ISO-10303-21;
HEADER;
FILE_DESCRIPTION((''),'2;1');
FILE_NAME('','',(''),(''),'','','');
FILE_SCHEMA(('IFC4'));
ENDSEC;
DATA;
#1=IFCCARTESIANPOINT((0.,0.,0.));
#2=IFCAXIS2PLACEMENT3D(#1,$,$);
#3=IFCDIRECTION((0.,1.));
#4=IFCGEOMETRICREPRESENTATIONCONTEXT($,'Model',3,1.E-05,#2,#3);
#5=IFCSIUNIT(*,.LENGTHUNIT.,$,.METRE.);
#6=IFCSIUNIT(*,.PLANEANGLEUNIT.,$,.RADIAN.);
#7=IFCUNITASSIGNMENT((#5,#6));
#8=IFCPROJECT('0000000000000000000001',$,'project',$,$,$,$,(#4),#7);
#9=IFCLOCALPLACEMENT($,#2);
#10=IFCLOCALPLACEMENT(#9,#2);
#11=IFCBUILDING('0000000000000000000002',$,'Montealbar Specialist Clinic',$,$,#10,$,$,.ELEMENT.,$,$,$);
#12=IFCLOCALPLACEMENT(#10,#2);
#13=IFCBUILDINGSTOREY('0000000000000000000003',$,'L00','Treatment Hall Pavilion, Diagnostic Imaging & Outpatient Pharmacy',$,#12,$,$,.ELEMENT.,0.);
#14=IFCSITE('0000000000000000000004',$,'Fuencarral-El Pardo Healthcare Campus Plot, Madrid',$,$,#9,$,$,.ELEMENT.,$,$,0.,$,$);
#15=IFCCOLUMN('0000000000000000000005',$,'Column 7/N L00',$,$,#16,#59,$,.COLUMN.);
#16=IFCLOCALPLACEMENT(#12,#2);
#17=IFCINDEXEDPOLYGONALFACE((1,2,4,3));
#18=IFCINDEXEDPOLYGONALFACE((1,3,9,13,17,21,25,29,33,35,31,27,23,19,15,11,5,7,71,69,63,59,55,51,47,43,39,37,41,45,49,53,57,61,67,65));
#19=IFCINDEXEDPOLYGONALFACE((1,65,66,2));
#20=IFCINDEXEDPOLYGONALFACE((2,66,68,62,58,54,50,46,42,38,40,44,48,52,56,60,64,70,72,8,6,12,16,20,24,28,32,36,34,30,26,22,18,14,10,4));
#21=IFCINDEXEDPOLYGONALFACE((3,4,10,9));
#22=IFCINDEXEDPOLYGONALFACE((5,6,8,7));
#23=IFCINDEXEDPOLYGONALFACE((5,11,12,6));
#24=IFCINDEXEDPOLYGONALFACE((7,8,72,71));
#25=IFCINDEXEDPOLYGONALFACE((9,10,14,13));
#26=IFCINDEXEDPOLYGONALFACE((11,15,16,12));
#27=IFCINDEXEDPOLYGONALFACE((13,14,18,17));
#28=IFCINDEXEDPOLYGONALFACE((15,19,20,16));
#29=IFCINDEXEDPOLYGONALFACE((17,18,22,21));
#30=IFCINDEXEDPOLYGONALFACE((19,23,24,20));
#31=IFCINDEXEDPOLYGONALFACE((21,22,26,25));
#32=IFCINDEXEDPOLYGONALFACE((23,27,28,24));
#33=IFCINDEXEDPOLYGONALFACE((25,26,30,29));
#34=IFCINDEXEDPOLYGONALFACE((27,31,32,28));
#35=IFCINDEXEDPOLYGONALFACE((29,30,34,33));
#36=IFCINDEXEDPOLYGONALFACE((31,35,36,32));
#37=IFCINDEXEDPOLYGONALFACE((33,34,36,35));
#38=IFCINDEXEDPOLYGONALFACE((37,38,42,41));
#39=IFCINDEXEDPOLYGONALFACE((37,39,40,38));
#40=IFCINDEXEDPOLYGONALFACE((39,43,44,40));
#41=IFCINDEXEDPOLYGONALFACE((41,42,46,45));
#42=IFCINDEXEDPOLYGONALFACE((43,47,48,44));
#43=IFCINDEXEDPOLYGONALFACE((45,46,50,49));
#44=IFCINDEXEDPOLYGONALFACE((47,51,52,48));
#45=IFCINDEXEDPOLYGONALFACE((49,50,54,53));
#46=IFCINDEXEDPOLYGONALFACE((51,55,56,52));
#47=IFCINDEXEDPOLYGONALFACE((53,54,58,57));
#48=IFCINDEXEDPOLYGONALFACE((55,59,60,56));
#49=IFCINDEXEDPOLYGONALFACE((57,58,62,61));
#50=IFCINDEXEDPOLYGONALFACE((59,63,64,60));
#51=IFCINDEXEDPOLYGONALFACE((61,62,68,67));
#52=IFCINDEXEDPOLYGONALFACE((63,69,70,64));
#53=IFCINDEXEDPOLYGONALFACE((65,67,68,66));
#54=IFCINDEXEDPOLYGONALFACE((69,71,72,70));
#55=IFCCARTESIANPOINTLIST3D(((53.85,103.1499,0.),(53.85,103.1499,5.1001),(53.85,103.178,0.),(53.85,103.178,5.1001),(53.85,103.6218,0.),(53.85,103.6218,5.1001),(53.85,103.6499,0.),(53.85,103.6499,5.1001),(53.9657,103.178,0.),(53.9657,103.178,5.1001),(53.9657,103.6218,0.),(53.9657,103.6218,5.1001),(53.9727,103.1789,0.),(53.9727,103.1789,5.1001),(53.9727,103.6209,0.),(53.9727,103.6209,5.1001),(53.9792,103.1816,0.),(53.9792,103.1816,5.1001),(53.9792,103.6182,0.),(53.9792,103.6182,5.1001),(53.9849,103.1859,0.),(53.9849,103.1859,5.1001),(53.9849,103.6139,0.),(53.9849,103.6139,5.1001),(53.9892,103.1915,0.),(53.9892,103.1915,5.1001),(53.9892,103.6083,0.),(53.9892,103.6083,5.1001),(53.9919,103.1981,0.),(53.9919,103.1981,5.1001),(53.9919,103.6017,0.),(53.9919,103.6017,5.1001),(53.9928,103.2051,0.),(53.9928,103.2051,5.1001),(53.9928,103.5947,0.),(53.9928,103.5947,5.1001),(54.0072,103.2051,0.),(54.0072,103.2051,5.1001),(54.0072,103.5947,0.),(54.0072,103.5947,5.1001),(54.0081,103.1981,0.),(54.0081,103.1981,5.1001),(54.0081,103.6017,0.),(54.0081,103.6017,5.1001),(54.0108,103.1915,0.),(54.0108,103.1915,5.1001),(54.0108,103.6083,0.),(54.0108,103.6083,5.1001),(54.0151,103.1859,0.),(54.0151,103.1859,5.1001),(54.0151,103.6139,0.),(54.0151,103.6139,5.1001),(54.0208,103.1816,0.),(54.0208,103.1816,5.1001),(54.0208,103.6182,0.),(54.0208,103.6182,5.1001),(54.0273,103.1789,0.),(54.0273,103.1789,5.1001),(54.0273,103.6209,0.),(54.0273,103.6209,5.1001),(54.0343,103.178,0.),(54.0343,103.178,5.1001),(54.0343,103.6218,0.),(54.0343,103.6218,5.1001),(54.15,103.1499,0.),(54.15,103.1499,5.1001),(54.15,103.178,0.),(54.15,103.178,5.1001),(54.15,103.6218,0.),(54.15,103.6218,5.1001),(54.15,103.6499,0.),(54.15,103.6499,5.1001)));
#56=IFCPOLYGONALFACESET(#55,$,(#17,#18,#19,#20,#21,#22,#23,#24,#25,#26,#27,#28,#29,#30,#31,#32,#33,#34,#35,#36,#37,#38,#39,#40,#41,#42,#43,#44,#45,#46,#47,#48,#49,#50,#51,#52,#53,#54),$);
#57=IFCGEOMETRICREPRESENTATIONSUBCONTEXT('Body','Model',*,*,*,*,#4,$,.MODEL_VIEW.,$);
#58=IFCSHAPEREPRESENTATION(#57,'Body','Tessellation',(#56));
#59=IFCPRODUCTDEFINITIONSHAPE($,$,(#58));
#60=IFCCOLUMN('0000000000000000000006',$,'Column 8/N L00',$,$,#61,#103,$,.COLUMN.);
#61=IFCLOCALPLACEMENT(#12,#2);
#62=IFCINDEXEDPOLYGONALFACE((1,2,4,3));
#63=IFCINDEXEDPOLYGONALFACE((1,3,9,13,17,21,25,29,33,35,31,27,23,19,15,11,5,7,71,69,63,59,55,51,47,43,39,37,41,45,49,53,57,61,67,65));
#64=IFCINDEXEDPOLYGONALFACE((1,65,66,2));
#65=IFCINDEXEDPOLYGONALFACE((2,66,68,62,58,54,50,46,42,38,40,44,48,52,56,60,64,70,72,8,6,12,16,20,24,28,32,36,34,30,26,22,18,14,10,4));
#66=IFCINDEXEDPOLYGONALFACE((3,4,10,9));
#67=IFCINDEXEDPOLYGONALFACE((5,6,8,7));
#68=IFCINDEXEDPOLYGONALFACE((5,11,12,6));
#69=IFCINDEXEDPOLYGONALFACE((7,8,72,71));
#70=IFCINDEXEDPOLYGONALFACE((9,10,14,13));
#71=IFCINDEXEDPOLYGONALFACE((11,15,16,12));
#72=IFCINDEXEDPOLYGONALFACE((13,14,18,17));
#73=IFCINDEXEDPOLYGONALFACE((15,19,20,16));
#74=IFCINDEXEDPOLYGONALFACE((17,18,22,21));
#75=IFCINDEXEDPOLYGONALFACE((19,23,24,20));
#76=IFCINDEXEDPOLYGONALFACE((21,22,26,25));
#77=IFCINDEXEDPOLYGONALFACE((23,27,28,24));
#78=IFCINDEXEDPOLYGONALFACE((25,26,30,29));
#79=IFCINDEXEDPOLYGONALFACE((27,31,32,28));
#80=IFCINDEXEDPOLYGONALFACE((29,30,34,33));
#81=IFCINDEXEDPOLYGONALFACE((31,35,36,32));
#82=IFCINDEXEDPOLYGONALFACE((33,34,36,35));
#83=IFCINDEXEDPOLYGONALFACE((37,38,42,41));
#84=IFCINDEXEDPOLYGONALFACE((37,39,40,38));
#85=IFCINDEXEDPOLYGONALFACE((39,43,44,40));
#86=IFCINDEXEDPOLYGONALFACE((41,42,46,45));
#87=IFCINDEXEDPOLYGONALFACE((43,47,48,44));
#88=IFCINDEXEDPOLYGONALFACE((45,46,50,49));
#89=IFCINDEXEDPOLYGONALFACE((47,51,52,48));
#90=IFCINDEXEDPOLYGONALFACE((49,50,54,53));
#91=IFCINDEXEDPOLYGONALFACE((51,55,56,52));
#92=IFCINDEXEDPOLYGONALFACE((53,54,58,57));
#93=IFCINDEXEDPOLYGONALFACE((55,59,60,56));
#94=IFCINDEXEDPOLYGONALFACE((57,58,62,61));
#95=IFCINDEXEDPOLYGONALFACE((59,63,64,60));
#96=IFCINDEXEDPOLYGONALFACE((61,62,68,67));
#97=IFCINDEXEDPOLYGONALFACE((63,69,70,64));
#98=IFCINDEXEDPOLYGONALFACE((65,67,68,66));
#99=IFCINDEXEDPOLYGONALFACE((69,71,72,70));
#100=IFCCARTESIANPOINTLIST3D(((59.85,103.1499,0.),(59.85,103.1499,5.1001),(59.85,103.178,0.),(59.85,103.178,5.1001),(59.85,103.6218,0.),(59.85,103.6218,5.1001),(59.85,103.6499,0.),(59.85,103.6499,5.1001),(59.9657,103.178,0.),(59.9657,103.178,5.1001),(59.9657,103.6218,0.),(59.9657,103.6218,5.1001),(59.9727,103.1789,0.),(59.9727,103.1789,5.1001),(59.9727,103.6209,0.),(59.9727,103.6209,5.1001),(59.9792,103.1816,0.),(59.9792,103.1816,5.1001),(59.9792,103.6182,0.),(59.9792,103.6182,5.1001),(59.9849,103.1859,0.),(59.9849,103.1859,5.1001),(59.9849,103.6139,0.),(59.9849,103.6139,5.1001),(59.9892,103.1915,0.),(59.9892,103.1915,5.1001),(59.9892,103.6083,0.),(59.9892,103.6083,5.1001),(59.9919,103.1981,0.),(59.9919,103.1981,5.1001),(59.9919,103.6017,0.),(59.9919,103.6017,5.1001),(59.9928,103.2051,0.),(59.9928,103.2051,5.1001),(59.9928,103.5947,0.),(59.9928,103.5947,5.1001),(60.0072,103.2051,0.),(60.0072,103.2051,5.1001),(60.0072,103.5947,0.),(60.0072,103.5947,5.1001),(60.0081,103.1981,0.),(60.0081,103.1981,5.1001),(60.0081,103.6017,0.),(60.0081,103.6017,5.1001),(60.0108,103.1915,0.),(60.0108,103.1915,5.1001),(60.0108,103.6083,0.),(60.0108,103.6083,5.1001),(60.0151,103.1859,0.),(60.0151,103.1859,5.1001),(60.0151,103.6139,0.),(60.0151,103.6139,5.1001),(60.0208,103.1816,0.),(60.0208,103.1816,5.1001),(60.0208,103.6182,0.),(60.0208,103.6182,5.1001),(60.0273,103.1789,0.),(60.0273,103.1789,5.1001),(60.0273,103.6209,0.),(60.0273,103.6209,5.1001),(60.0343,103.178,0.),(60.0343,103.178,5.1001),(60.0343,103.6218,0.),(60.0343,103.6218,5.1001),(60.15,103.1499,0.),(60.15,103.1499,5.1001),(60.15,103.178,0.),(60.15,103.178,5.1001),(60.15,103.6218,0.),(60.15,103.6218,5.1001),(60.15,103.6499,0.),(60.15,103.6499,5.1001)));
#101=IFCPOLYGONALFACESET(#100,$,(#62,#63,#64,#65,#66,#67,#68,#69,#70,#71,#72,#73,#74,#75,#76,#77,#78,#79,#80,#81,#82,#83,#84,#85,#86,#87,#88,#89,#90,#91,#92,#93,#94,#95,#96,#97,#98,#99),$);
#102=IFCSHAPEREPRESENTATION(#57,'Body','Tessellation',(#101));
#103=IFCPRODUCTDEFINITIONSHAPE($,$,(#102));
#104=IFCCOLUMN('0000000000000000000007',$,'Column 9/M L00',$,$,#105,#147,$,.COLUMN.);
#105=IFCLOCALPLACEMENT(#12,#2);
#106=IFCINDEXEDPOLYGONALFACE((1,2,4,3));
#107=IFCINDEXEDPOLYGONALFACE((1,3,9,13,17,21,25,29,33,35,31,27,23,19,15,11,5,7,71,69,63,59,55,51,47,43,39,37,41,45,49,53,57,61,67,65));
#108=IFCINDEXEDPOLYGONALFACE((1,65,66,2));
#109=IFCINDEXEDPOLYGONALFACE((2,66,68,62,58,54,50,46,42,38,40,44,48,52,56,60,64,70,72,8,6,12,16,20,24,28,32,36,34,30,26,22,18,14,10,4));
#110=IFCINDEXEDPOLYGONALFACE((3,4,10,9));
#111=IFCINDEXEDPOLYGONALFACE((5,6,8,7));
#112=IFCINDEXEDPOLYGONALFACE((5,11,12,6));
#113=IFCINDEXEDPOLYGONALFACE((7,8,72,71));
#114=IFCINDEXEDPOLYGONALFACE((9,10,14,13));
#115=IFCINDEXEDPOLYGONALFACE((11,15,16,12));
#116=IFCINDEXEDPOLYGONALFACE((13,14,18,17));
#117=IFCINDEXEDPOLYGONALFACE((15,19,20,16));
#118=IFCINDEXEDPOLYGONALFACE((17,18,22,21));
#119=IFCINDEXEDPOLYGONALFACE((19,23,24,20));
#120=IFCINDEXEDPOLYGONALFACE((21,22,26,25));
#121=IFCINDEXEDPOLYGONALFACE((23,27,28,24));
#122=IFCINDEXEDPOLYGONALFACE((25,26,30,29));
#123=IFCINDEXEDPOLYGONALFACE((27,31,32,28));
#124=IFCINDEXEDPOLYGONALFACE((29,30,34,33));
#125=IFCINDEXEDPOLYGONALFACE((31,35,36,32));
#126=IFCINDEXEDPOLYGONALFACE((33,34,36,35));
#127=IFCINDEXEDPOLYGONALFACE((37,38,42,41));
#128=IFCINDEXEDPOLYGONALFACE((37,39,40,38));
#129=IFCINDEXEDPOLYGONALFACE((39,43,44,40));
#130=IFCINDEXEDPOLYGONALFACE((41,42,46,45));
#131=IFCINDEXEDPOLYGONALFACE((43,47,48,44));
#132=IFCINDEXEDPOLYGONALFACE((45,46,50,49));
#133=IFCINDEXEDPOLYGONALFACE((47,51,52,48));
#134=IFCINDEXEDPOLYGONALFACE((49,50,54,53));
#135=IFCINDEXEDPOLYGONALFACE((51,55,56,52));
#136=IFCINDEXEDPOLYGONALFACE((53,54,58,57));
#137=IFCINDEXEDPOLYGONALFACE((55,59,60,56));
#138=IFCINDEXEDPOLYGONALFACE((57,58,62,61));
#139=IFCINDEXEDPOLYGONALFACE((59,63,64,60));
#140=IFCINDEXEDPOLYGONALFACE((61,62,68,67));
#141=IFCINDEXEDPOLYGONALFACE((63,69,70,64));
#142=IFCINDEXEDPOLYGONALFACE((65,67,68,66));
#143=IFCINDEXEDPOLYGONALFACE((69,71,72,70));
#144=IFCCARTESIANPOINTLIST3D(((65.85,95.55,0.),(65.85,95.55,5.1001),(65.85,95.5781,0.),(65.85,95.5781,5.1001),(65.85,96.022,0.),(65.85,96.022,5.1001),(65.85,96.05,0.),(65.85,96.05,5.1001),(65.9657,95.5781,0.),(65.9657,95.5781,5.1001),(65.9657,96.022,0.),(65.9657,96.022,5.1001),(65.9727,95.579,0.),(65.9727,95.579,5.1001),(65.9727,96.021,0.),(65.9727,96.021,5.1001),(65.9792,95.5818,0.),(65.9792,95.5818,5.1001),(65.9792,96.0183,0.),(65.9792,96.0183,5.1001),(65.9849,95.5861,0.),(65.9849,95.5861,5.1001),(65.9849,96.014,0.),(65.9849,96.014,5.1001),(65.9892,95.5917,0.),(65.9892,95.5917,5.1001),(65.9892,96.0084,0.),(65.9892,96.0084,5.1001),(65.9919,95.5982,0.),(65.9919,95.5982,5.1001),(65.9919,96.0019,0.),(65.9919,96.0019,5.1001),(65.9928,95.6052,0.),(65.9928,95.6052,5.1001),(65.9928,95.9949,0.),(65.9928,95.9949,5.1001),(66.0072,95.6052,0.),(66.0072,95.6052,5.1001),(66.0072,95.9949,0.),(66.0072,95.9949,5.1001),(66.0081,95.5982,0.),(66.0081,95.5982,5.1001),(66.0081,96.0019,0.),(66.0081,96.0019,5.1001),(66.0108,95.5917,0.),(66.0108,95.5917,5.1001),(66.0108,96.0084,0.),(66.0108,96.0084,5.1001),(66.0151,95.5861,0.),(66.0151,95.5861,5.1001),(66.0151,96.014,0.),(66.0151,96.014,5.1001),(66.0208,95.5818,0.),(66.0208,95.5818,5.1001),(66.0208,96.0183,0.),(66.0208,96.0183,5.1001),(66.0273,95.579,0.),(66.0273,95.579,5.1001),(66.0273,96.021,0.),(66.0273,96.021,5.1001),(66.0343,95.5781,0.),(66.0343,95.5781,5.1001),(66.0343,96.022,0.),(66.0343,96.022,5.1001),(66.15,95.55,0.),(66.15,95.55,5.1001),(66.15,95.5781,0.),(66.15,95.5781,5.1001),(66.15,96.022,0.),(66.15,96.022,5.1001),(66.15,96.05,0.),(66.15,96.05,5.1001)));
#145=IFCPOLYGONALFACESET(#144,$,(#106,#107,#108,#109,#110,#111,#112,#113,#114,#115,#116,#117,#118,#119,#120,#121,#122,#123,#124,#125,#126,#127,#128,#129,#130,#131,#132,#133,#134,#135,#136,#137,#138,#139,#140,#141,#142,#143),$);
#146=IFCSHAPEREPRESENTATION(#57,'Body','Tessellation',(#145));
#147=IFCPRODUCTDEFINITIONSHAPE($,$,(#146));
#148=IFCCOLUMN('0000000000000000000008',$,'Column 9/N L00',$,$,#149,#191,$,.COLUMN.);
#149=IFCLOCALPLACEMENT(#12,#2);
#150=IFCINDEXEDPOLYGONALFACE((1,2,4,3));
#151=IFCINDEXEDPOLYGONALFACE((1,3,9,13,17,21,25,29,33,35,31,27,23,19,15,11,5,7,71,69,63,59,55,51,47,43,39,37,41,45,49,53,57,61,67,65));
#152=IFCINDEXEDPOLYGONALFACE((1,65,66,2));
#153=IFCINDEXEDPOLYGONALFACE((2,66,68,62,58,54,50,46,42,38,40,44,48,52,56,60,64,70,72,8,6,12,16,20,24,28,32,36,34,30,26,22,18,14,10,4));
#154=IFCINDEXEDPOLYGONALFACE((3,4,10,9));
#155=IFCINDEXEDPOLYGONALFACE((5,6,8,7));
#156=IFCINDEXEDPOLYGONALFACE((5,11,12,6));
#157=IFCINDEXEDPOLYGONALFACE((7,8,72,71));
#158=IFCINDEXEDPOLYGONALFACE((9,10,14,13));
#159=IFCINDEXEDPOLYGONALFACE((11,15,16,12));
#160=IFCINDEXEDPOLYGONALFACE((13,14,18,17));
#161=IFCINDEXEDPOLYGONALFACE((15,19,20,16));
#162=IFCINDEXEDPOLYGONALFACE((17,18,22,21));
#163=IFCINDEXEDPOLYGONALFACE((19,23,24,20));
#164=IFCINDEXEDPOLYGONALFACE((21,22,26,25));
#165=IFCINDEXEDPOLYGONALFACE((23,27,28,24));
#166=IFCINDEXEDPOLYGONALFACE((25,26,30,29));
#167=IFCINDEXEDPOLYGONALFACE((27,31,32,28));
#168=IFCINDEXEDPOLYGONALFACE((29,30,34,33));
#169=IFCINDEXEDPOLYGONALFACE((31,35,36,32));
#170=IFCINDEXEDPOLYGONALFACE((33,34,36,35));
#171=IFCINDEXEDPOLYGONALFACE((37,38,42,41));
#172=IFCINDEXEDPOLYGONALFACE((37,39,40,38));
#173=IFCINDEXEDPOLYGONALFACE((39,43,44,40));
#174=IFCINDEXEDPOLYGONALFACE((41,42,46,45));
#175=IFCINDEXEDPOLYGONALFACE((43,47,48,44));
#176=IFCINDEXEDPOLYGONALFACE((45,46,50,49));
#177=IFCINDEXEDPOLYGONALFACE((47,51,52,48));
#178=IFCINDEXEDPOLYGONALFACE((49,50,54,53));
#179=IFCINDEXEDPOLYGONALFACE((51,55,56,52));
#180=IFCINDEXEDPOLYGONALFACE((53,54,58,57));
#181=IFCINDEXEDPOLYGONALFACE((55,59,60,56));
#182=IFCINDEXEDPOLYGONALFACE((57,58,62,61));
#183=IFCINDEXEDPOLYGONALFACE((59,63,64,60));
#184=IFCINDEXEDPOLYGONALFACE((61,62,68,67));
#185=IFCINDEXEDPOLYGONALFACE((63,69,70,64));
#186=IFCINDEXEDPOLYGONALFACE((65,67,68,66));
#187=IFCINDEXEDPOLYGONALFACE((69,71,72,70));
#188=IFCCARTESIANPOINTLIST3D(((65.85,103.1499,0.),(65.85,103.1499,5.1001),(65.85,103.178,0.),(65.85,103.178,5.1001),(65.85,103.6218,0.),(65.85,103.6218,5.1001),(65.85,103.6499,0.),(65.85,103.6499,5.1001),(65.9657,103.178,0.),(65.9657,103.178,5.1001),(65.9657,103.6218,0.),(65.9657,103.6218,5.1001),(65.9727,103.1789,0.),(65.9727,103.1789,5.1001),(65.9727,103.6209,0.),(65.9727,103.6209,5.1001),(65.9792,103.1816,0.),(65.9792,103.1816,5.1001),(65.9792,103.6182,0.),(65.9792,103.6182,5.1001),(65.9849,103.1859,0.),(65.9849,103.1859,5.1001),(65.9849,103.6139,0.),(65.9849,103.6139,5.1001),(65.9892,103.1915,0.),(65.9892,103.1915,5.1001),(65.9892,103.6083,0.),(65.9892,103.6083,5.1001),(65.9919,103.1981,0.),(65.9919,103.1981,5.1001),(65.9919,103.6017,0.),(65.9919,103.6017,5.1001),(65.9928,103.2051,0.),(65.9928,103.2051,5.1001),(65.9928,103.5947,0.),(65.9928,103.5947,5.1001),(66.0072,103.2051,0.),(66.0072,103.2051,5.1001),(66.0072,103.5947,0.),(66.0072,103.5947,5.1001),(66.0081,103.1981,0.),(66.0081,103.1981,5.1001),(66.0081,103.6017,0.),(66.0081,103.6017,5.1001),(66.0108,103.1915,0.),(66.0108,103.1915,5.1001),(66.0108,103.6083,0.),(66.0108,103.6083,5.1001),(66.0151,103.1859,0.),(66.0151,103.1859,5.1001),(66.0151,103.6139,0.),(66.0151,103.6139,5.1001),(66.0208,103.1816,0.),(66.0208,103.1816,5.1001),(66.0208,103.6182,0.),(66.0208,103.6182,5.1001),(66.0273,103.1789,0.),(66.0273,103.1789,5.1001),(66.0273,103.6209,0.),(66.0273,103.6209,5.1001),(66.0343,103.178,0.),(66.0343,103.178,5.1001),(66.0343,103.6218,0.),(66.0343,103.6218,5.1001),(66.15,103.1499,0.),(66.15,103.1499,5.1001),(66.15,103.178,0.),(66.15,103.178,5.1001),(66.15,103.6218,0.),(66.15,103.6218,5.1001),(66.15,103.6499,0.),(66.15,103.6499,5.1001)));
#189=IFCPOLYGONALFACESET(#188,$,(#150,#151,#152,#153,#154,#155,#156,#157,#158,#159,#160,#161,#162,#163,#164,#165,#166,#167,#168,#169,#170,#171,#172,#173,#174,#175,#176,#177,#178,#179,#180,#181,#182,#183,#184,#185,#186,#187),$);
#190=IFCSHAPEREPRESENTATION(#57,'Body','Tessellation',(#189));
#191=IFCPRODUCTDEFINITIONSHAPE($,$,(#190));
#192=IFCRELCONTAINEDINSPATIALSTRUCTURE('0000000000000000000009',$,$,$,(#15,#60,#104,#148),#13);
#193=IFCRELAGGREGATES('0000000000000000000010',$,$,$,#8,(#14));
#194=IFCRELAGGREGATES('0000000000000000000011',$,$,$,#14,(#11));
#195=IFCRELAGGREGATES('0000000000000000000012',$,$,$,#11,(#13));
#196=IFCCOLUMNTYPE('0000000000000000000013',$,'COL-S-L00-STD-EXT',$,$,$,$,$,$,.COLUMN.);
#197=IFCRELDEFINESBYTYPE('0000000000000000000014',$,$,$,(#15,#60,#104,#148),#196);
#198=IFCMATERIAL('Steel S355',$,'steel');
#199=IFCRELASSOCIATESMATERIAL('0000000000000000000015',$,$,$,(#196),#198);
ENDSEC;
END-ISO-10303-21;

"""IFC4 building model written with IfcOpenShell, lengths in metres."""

from ifc_helpers import new_model, si_unit, direction, frame, origin, origin_2d, place, context, subcontext, project, spatial, i_section, extrude, material, material_profile, profile_set, type_object, element, save


model = new_model("IFC4")

# Units and contexts
model_context = context("Model", 3, precision=1e-05, world=origin(), true_north=direction((0.0, 1.0)))
body_context = subcontext(model_context, "Body", "Model", "MODEL_VIEW")
ifc_project = project(units=[si_unit("LENGTHUNIT", "METRE"), si_unit("PLANEANGLEUNIT", "RADIAN")], contexts=[model_context])

# Site, building, storey
site_placement = place(None, origin())
site = spatial("IfcSite", under=ifc_project, at=site_placement, Name="Fuencarral-El Pardo Healthcare Campus Plot, Madrid", CompositionType="ELEMENT", RefElevation=0.0)
building_placement = place(site_placement, origin())
building = spatial("IfcBuilding", under=site, at=building_placement, Name="Montealbar Specialist Clinic", CompositionType="ELEMENT")
storey_placement = place(building_placement, origin())
storey = spatial("IfcBuildingStorey", under=building, at=storey_placement, Name="L00", Description="Treatment Hall Pavilion, Diagnostic Imaging & Outpatient Pharmacy", CompositionType="ELEMENT", Elevation=0.0)

# Columns
ifc_material_1 = material(Name="Steel S355", Category="steel")
ifc_material_profile_1 = material_profile(ifc_material_1, i_section(OverallWidth=0.3, OverallDepth=0.5, WebThickness=0.0144, FlangeThickness=0.0281, FilletRadius=0.0271, at=origin_2d()), Name="HEB 500", Category="steel")
ifc_profile_set_1 = profile_set([ifc_material_profile_1], Name="Steel S355")
column_type_1 = type_object("IfcColumnType", Name="COL-S-L00-STD-EXT", PredefinedType="COLUMN", material=ifc_profile_set_1)
for number, where, z_axis, x_axis, name in (
    (1, (54.0, 103.3999, 0.0), (0.0, 0.0, 1.0), (1.0, 0.0, 0.0), "Column 7/N L00"),
    (2, (60.0, 103.3999, 0.0), (0.0, 0.0, 1.0), (1.0, 0.0, 0.0), "Column 8/N L00"),
    (3, (66.0, 95.8, 0.0), (0.0, 0.0, 1.0), (1.0, 0.0, 0.0), "Column 9/M L00"),
    (4, (66.0, 103.3999, 0.0), (0.0, 0.0, 1.0), (1.0, 0.0, 0.0), "Column 9/N L00"),
):
    element("IfcColumn", number, at=place(storey_placement, frame(where, z_axis=z_axis, x_axis=x_axis)), inside=storey, type_object=column_type_1, Name=name, PredefinedType="COLUMN", context=body_context, shape_type="SweptSolid", body=[
        extrude(i_section(OverallWidth=0.3, OverallDepth=0.5, WebThickness=0.0144, FlangeThickness=0.0281, FilletRadius=0.0271, at=origin_2d()), origin(), (0.0, 0.0, 1.0), 5.1001),
    ])

save(model, "model.ifc")
